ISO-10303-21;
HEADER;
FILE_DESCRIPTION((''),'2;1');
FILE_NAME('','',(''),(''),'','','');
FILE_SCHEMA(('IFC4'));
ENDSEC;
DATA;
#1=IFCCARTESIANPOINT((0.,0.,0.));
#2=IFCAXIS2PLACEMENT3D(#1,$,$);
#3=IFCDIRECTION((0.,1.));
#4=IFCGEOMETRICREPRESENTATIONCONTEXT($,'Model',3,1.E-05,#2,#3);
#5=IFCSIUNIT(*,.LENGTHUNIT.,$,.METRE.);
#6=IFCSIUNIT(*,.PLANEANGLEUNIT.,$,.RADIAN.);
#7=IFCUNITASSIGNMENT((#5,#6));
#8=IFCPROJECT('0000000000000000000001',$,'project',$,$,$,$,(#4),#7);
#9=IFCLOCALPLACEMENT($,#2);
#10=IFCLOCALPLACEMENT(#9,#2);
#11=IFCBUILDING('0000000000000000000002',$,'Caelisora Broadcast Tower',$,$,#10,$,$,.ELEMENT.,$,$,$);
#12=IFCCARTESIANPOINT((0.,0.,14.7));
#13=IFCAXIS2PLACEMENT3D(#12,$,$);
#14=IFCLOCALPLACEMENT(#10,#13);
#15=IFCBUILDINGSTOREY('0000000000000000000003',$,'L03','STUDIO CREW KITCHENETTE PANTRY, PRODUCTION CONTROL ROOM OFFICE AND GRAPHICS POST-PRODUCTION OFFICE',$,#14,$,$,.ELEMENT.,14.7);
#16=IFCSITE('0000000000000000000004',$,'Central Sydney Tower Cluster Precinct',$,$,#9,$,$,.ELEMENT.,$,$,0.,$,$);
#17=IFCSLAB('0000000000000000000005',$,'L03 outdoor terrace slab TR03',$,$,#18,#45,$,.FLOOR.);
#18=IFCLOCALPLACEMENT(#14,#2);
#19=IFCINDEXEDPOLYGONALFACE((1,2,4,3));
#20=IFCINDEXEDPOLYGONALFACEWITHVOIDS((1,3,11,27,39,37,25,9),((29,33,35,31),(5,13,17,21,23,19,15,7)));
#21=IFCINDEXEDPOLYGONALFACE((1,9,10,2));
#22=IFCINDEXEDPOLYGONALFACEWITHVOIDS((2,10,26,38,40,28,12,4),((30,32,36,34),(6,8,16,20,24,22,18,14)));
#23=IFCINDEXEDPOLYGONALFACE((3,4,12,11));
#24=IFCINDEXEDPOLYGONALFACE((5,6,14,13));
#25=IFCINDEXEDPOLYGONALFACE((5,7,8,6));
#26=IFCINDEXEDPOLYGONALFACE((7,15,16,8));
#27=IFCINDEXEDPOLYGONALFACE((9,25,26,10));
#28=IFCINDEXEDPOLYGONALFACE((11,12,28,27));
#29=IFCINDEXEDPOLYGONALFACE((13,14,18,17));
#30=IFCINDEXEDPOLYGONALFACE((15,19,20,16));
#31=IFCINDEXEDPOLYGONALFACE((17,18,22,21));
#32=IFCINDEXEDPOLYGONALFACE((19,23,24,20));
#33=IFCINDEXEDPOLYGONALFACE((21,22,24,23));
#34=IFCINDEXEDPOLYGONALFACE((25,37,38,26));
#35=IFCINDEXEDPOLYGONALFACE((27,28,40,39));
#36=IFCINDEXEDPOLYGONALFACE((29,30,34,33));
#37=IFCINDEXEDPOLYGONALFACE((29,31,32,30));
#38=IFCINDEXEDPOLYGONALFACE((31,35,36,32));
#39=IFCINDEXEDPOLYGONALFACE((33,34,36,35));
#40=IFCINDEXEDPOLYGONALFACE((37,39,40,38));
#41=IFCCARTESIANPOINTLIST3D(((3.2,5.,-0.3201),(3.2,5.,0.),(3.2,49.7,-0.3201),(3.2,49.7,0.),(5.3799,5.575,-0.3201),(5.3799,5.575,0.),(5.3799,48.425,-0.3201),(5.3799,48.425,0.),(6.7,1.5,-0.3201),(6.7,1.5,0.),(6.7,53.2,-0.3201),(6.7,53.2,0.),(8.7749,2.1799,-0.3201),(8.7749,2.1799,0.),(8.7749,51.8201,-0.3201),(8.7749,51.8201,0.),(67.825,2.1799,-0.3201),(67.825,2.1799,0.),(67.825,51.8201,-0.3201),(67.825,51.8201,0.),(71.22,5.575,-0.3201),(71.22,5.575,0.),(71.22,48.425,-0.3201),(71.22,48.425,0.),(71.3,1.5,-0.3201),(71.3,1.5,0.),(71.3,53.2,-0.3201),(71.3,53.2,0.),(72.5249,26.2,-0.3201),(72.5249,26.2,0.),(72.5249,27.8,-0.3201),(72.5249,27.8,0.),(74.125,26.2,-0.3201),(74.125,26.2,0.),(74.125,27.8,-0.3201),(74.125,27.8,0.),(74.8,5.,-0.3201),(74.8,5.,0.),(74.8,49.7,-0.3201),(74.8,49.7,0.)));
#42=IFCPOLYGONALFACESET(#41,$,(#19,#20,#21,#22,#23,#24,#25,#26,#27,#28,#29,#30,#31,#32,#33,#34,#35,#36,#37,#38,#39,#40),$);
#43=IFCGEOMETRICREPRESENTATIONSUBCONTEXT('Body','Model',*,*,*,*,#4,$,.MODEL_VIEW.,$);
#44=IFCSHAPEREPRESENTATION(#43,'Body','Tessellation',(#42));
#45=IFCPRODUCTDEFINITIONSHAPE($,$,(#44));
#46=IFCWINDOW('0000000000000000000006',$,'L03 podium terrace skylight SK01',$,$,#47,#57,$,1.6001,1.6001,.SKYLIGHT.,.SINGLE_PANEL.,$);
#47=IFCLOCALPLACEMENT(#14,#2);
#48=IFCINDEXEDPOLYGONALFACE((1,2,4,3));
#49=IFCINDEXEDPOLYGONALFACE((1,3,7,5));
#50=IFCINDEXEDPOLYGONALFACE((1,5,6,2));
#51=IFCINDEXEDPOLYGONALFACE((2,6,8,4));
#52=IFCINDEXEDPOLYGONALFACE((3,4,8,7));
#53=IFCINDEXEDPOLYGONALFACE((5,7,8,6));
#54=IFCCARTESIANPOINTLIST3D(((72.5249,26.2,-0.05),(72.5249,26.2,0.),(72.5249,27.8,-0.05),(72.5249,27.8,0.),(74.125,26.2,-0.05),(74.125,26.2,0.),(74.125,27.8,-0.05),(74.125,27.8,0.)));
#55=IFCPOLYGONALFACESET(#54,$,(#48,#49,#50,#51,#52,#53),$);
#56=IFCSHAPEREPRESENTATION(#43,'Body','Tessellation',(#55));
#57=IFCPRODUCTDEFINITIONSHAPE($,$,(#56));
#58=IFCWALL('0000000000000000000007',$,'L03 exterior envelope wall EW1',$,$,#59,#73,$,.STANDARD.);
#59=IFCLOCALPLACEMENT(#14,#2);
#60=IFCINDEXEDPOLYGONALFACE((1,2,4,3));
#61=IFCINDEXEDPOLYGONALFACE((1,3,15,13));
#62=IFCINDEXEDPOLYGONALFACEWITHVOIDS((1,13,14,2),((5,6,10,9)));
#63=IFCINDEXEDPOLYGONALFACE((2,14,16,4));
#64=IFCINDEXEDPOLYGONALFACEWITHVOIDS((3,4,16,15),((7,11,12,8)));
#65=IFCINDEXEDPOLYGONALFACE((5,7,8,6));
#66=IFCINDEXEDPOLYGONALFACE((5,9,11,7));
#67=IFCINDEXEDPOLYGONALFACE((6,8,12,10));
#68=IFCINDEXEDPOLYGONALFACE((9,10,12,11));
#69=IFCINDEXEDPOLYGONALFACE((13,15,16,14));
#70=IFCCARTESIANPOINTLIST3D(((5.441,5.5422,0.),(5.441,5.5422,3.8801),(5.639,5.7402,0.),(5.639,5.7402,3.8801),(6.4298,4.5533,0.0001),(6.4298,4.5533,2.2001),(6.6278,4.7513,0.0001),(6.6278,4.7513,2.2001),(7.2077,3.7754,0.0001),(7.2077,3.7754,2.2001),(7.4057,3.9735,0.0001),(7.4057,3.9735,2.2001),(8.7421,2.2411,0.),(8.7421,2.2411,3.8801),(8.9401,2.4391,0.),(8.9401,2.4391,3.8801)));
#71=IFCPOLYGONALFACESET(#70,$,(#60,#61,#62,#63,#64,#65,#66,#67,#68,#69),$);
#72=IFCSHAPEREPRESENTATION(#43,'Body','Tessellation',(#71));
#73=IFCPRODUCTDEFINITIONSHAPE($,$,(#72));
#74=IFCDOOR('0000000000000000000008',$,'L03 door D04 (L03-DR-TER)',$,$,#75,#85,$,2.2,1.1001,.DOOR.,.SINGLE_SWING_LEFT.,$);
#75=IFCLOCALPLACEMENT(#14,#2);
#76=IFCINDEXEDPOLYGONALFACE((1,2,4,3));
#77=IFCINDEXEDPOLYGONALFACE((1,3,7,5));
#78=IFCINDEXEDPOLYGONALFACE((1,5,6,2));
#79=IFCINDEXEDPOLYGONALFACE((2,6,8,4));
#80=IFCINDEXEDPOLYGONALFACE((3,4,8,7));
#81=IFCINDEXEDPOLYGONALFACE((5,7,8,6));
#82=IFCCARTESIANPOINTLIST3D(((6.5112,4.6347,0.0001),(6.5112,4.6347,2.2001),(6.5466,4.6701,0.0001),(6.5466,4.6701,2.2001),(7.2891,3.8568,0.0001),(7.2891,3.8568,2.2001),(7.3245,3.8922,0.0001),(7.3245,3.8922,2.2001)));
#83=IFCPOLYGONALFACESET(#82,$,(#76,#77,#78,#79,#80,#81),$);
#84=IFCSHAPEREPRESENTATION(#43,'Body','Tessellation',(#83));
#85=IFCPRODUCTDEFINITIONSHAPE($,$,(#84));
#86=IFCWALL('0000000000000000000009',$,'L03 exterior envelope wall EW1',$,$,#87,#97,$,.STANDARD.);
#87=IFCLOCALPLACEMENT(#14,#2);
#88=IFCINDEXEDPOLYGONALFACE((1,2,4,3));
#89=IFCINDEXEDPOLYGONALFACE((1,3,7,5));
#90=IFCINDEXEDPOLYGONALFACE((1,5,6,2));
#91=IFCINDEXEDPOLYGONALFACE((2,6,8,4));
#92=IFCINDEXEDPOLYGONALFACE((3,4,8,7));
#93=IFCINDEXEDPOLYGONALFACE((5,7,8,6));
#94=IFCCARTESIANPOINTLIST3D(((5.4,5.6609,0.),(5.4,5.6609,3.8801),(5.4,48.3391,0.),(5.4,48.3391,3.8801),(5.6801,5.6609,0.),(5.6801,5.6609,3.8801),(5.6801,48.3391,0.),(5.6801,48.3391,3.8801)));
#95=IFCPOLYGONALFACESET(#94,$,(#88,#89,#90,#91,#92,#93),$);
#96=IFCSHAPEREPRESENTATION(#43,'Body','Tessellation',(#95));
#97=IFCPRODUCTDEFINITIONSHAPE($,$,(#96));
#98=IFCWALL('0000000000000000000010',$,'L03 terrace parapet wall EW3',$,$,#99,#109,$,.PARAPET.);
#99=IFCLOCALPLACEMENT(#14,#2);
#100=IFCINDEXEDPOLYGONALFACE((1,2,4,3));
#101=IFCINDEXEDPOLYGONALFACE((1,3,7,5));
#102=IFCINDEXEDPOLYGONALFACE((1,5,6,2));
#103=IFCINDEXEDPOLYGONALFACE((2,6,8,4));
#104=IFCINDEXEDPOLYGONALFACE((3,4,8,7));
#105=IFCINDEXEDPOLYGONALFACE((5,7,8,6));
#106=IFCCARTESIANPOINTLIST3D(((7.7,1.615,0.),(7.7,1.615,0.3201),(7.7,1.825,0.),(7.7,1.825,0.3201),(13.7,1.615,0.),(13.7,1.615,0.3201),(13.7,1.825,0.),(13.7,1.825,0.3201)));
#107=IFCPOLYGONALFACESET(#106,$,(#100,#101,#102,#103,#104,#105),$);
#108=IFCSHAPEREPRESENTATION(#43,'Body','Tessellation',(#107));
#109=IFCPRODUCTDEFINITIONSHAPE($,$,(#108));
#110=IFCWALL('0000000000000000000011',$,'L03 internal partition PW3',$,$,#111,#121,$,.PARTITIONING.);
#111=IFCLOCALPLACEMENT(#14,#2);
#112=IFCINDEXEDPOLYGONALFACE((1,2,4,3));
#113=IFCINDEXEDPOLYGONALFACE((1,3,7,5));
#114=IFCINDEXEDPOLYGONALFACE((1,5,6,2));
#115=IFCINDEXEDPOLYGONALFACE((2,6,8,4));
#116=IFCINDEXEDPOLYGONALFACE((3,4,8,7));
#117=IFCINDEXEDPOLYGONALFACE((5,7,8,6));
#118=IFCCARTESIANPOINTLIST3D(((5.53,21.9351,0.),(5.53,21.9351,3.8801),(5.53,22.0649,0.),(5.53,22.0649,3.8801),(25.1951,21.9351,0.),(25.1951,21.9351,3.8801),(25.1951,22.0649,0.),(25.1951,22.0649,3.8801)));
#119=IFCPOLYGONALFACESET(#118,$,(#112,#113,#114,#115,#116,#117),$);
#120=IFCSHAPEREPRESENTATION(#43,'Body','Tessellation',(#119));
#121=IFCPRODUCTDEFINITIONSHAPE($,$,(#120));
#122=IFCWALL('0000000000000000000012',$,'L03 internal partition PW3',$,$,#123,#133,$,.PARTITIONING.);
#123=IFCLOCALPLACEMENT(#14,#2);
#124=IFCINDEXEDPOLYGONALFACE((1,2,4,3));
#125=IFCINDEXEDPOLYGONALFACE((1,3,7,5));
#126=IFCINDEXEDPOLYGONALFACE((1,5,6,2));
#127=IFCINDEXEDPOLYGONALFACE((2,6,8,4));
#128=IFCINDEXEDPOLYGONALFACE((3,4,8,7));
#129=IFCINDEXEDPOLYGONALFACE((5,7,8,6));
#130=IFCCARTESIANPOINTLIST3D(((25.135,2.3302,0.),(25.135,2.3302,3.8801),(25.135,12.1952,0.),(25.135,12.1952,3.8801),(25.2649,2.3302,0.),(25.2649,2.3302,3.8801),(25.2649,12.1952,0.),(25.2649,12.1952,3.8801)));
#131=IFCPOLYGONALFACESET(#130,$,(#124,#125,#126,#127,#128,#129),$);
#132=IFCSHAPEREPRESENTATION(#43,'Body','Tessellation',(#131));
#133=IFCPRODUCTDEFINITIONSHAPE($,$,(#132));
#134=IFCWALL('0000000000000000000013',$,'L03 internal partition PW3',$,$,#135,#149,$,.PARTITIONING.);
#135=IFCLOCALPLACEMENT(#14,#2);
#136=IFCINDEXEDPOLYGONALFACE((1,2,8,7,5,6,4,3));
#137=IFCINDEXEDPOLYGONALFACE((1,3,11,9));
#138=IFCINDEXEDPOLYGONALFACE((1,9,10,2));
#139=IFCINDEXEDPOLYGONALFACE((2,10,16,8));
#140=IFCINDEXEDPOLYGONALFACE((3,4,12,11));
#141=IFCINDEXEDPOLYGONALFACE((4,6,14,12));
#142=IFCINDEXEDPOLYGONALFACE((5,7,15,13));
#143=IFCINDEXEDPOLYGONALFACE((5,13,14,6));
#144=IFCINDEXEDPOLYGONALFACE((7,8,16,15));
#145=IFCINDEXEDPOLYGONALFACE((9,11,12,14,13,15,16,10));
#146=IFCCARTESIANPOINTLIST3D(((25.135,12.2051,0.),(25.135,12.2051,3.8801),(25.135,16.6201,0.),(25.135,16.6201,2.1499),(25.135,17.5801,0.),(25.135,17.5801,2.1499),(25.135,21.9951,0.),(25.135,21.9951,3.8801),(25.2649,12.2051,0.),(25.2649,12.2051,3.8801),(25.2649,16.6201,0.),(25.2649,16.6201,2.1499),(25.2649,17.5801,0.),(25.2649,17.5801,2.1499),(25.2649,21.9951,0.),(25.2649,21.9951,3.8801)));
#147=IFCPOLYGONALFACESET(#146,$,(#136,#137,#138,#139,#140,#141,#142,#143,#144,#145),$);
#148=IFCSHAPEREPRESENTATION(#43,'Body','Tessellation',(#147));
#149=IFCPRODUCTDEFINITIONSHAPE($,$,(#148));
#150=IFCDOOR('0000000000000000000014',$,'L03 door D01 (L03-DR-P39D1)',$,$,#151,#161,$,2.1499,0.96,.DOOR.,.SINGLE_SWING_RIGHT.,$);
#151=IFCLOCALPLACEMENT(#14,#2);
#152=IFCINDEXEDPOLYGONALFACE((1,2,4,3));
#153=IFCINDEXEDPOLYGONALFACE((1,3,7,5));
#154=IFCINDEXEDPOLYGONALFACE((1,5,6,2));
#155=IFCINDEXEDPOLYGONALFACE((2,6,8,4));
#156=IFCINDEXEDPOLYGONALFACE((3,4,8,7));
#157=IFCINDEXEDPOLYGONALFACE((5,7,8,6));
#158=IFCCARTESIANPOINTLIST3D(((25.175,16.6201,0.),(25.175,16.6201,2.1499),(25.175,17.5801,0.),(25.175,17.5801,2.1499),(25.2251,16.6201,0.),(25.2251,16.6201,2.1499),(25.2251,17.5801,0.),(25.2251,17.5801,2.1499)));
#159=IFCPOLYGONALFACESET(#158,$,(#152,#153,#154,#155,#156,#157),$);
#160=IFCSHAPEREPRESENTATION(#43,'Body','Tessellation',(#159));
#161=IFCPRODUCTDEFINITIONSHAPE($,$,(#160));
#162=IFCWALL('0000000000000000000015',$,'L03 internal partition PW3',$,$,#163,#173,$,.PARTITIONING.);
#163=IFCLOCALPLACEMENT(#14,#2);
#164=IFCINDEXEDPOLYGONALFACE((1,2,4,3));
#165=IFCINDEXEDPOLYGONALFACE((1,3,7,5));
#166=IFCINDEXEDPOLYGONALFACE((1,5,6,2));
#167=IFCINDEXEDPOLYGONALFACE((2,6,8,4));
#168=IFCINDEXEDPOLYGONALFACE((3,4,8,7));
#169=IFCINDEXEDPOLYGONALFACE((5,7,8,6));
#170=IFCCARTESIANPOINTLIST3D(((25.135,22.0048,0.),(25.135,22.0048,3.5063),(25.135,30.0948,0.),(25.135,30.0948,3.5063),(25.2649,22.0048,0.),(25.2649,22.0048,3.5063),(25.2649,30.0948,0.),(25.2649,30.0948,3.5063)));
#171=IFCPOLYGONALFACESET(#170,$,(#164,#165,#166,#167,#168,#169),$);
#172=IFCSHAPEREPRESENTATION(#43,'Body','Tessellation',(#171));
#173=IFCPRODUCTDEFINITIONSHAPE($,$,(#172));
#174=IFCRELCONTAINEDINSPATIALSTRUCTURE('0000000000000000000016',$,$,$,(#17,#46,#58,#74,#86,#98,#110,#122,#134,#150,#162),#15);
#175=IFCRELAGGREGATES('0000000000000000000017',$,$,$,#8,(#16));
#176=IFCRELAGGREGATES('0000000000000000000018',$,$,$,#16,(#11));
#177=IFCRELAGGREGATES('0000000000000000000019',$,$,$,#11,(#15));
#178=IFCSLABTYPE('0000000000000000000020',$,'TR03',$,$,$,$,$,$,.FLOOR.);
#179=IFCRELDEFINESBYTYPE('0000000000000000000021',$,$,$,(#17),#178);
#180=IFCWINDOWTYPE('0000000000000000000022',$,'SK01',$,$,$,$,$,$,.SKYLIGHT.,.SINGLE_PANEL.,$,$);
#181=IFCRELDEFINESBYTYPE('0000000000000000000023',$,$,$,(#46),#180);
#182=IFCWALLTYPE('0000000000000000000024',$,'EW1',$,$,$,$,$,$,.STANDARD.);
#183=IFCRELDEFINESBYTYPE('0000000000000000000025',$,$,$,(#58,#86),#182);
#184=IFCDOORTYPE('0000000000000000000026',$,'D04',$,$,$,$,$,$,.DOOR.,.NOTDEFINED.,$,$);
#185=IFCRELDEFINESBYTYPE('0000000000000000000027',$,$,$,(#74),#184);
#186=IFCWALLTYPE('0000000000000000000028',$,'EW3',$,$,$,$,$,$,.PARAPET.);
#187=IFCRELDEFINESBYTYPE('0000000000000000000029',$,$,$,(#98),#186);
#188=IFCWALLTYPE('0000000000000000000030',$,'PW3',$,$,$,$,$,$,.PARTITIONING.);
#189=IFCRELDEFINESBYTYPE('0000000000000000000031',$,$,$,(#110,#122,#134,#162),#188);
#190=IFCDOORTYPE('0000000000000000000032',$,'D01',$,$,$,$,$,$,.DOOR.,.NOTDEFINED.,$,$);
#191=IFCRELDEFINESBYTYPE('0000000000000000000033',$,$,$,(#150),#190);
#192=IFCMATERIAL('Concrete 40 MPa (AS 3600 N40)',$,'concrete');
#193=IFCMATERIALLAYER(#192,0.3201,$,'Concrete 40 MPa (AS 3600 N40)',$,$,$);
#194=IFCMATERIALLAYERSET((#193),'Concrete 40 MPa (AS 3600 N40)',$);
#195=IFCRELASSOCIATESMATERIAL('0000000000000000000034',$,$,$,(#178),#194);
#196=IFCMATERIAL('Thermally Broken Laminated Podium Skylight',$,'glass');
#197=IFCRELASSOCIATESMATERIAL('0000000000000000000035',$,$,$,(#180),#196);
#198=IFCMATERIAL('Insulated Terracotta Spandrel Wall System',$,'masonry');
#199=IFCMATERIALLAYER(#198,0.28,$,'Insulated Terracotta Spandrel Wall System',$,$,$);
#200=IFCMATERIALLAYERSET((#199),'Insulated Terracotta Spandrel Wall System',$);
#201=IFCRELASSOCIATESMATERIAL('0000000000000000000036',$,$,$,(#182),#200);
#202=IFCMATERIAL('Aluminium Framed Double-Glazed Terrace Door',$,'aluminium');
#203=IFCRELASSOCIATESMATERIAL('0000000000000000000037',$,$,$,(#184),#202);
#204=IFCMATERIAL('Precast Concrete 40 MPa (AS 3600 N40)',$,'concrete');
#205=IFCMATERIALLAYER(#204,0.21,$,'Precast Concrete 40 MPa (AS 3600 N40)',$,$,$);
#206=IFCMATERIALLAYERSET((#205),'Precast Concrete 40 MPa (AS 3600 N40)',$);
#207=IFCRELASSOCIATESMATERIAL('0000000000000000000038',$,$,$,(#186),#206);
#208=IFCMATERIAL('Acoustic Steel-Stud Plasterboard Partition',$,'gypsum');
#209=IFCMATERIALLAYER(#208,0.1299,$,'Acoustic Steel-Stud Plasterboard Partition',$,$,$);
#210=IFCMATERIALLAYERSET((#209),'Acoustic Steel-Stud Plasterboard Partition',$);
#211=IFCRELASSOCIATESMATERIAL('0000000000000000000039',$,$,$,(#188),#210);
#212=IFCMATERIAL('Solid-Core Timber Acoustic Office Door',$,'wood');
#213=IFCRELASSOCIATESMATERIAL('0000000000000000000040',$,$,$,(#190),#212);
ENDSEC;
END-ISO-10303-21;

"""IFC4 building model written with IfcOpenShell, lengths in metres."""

from ifc_helpers import new_model, si_unit, direction, frame, frame_2d, origin, origin_2d, place, context, subcontext, project, spatial, polyline, rectangle, outline, extrude, material, layer, layer_set, type_object, element, fill, save


model = new_model("IFC4")

# Units and contexts
model_context = context("Model", 3, precision=1e-05, world=origin(), true_north=direction((0.0, 1.0)))
body_context = subcontext(model_context, "Body", "Model", "MODEL_VIEW")
ifc_project = project(units=[si_unit("LENGTHUNIT", "METRE"), si_unit("PLANEANGLEUNIT", "RADIAN")], contexts=[model_context])

# Site, building, storey
site_placement = place(None, origin())
site = spatial("IfcSite", under=ifc_project, at=site_placement, Name="Central Sydney Tower Cluster Precinct", CompositionType="ELEMENT", RefElevation=0.0)
building_placement = place(site_placement, origin())
building = spatial("IfcBuilding", under=site, at=building_placement, Name="Caelisora Broadcast Tower", CompositionType="ELEMENT")
storey_placement = place(building_placement, frame((0.0, 0.0, 14.7)))
storey = spatial("IfcBuildingStorey", under=building, at=storey_placement, Name="L03", Description="STUDIO CREW KITCHENETTE PANTRY, PRODUCTION CONTROL ROOM OFFICE AND GRAPHICS POST-PRODUCTION OFFICE", CompositionType="ELEMENT", Elevation=14.7)

# Shared definitions
ifc_material_1 = material(Name="Concrete 40 MPa (AS 3600 N40)", Category="concrete")

# Slab, opening, window
ifc_layer_1 = layer(ifc_material_1, 0.3201, Name="Concrete 40 MPa (AS 3600 N40)")
ifc_layer_set_1 = layer_set([ifc_layer_1], Name="Concrete 40 MPa (AS 3600 N40)")
slab_type_1 = type_object("IfcSlabType", Name="TR03", PredefinedType="FLOOR", material=ifc_layer_set_1)
slab_1_placement = place(storey_placement, frame((0.0, 0.0, -0.3201)))
slab_1 = element("IfcSlab", 1, at=slab_1_placement, inside=storey, type_object=slab_type_1, Name="L03 outdoor terrace slab TR03", PredefinedType="FLOOR", context=body_context, shape_type="SweptSolid", body=[
    extrude(outline(polyline([(3.2, 5.0), (3.2, 49.7), (6.7, 53.2), (71.3, 53.2), (74.8, 49.7), (74.8, 5.0), (71.3, 1.5), (6.7, 1.5), (3.2, 5.0)]), holes=[polyline([(67.825, 2.1799), (71.22, 5.575), (71.22, 48.425), (67.825, 51.8201), (8.7749, 51.8201), (5.3799, 48.425), (5.3799, 5.575), (8.7749, 2.1799), (67.825, 2.1799)])]), origin(), (0.0, 0.0, 1.0), 0.3201),
])
opening_1_placement = place(slab_1_placement, frame((73.325, 27.0, 0.0)))
opening_1 = element("IfcOpeningElement", 2, at=opening_1_placement, cuts=slab_1, PredefinedType="OPENING", context=body_context, shape_type="SweptSolid", body=[
    extrude(rectangle(XDim=1.6001, YDim=1.6001, at=origin_2d()), origin(), (0.0, 0.0, 1.0), 0.3201),
])
ifc_material_2 = material(Name="Thermally Broken Laminated Podium Skylight", Category="glass")
window_type = type_object("IfcWindowType", Name="SK01", PartitioningType="SINGLE_PANEL", PredefinedType="SKYLIGHT", material=ifc_material_2)
window_placement = place(opening_1_placement, frame((0.0, 0.0, 0.27)))
window = element("IfcWindow", 3, at=window_placement, inside=storey, type_object=window_type, Name="L03 podium terrace skylight SK01", OverallHeight=1.6001, OverallWidth=1.6001, PartitioningType="SINGLE_PANEL", PredefinedType="SKYLIGHT", context=body_context, shape_type="SweptSolid", body=[
    extrude(rectangle(XDim=1.6001, YDim=1.6001, at=origin_2d()), origin(), (0.0, 0.0, 1.0), 0.05),
])
fill(opening_1, window)

# Wall, opening, door
ifc_material_3 = material(Name="Insulated Terracotta Spandrel Wall System", Category="masonry")
ifc_layer_2 = layer(ifc_material_3, 0.28, Name="Insulated Terracotta Spandrel Wall System")
ifc_layer_set_2 = layer_set([ifc_layer_2], Name="Insulated Terracotta Spandrel Wall System")
wall_type_1 = type_object("IfcWallType", Name="EW1", PredefinedType="STANDARD", material=ifc_layer_set_2)
wall_1_placement = place(storey_placement, frame((8.8411, 2.3401, 0.0), z_axis=(0.0, 0.0, 1.0), x_axis=(-0.707107, 0.707107, 0.0)))
wall_1 = element("IfcWall", 4, at=wall_1_placement, inside=storey, type_object=wall_type_1, Name="L03 exterior envelope wall EW1", PredefinedType="STANDARD", context=body_context, shape_type="SweptSolid", body=[
    extrude(rectangle(XDim=4.6685, YDim=0.28, at=frame_2d((2.3342, 0.0))), origin(), (0.0, 0.0, 1.0), 3.8801),
])
opening_2_placement = place(wall_1_placement, frame((2.1699, 0.0, 0.0)))
opening_2 = element("IfcOpeningElement", 5, at=opening_2_placement, cuts=wall_1, PredefinedType="OPENING", context=body_context, shape_type="SweptSolid", body=[
    extrude(rectangle(XDim=1.1001, YDim=2.2, at=frame_2d((0.55, 1.1001))), frame((0.0, 0.1521, 0.0), z_axis=(0.0, -1.0, 0.0), x_axis=(1.0, 0.0, 0.0)), (0.0, 0.0, 1.0), 0.304),
])
ifc_material_4 = material(Name="Aluminium Framed Double-Glazed Terrace Door", Category="aluminium")
door_type_1 = type_object("IfcDoorType", Name="D04", OperationType="NOTDEFINED", PredefinedType="DOOR", material=ifc_material_4)
door_1_placement = place(opening_2_placement, origin())
door_1 = element("IfcDoor", 6, at=door_1_placement, inside=storey, type_object=door_type_1, Name="L03 door D04 (L03-DR-TER)", OperationType="SINGLE_SWING_LEFT", OverallHeight=2.2, OverallWidth=1.1001, PredefinedType="DOOR", context=body_context, shape_type="SweptSolid", body=[
    extrude(rectangle(XDim=1.1001, YDim=2.2, at=frame_2d((0.55, 1.1001))), frame((0.0, 0.0249, 0.0), z_axis=(0.0, -1.0, 0.0), x_axis=(1.0, 0.0, 0.0)), (0.0, 0.0, 1.0), 0.05),
])
fill(opening_2, door_1)

# Walls
wall_2_placement = place(storey_placement, frame((5.54, 5.6609, 0.0), z_axis=(0.0, 0.0, 1.0), x_axis=(0.0, 1.0, 0.0)))
element("IfcWall", 7, at=wall_2_placement, inside=storey, type_object=wall_type_1, Name="L03 exterior envelope wall EW1", PredefinedType="STANDARD", context=body_context, shape_type="SweptSolid", body=[
    extrude(rectangle(XDim=42.6782, YDim=0.28, at=frame_2d((21.3391, 0.0))), origin(), (0.0, 0.0, 1.0), 3.8801),
])
ifc_material_5 = material(Name="Precast Concrete 40 MPa (AS 3600 N40)", Category="concrete")
ifc_layer_3 = layer(ifc_material_5, 0.21, Name="Precast Concrete 40 MPa (AS 3600 N40)")
ifc_layer_set_3 = layer_set([ifc_layer_3], Name="Precast Concrete 40 MPa (AS 3600 N40)")
wall_type_2 = type_object("IfcWallType", Name="EW3", PredefinedType="PARAPET", material=ifc_layer_set_3)
wall_3_placement = place(storey_placement, frame((7.7, 1.72, 0.0), z_axis=(0.0, 0.0, 1.0), x_axis=(1.0, 0.0, 0.0)))
element("IfcWall", 8, at=wall_3_placement, inside=storey, type_object=wall_type_2, Name="L03 terrace parapet wall EW3", PredefinedType="PARAPET", context=body_context, shape_type="SweptSolid", body=[
    extrude(rectangle(XDim=6.0, YDim=0.21, at=frame_2d((3.0, 0.0))), origin(), (0.0, 0.0, 1.0), 0.3201),
])
ifc_material_6 = material(Name="Acoustic Steel-Stud Plasterboard Partition", Category="gypsum")
ifc_layer_4 = layer(ifc_material_6, 0.1299, Name="Acoustic Steel-Stud Plasterboard Partition")
ifc_layer_set_4 = layer_set([ifc_layer_4], Name="Acoustic Steel-Stud Plasterboard Partition")
wall_type_3 = type_object("IfcWallType", Name="PW3", PredefinedType="PARTITIONING", material=ifc_layer_set_4)
wall_4_placement = place(storey_placement, frame((5.53, 22.0, 0.0), z_axis=(0.0, 0.0, 1.0), x_axis=(1.0, 0.0, 0.0)))
element("IfcWall", 9, at=wall_4_placement, inside=storey, type_object=wall_type_3, Name="L03 internal partition PW3", PredefinedType="PARTITIONING", context=body_context, shape_type="SweptSolid", body=[
    extrude(rectangle(XDim=19.665, YDim=0.1299, at=frame_2d((9.8325, 0.0))), origin(), (0.0, 0.0, 1.0), 3.8801),
])
wall_5_placement = place(storey_placement, frame((25.2, 2.3301, 0.0), z_axis=(0.0, 0.0, 1.0), x_axis=(0.0, 1.0, 0.0)))
element("IfcWall", 10, at=wall_5_placement, inside=storey, type_object=wall_type_3, Name="L03 internal partition PW3", PredefinedType="PARTITIONING", context=body_context, shape_type="SweptSolid", body=[
    extrude(rectangle(XDim=9.865, YDim=0.1299, at=frame_2d((4.9326, 0.0))), origin(), (0.0, 0.0, 1.0), 3.8801),
])

# Wall, opening, door
wall_6_placement = place(storey_placement, frame((25.2, 12.2051, 0.0), z_axis=(0.0, 0.0, 1.0), x_axis=(0.0, 1.0, 0.0)))
wall_6 = element("IfcWall", 11, at=wall_6_placement, inside=storey, type_object=wall_type_3, Name="L03 internal partition PW3", PredefinedType="PARTITIONING", context=body_context, shape_type="SweptSolid", body=[
    extrude(rectangle(XDim=9.79, YDim=0.1299, at=frame_2d((4.895, 0.0))), origin(), (0.0, 0.0, 1.0), 3.8801),
])
opening_3_placement = place(wall_6_placement, frame((4.415, 0.0, 0.0)))
opening_3 = element("IfcOpeningElement", 12, at=opening_3_placement, cuts=wall_6, PredefinedType="OPENING", context=body_context, shape_type="SweptSolid", body=[
    extrude(rectangle(XDim=0.96, YDim=2.1499, at=frame_2d((0.48, 1.075))), frame((0.0, 0.0769, 0.0), z_axis=(0.0, -1.0, 0.0), x_axis=(1.0, 0.0, 0.0)), (0.0, 0.0, 1.0), 0.1538),
])
ifc_material_7 = material(Name="Solid-Core Timber Acoustic Office Door", Category="wood")
door_type_2 = type_object("IfcDoorType", Name="D01", OperationType="NOTDEFINED", PredefinedType="DOOR", material=ifc_material_7)
door_2_placement = place(opening_3_placement, origin())
door_2 = element("IfcDoor", 13, at=door_2_placement, inside=storey, type_object=door_type_2, Name="L03 door D01 (L03-DR-P39D1)", OperationType="SINGLE_SWING_RIGHT", OverallHeight=2.1499, OverallWidth=0.96, PredefinedType="DOOR", context=body_context, shape_type="SweptSolid", body=[
    extrude(rectangle(XDim=0.96, YDim=2.1499, at=frame_2d((0.48, 1.075))), frame((0.0, 0.0249, 0.0), z_axis=(0.0, -1.0, 0.0), x_axis=(1.0, 0.0, 0.0)), (0.0, 0.0, 1.0), 0.05),
])
fill(opening_3, door_2)

# Wall
wall_7_placement = place(storey_placement, frame((25.2, 22.0049, 0.0), z_axis=(0.0, 0.0, 1.0), x_axis=(0.0, 1.0, 0.0)))
element("IfcWall", 14, at=wall_7_placement, inside=storey, type_object=wall_type_3, Name="L03 internal partition PW3", PredefinedType="PARTITIONING", context=body_context, shape_type="SweptSolid", body=[
    extrude(rectangle(XDim=8.0901, YDim=0.1299, at=frame_2d((4.0449, 0.0))), origin(), (0.0, 0.0, 1.0), 3.5063),
])

save(model, "model.ifc")
